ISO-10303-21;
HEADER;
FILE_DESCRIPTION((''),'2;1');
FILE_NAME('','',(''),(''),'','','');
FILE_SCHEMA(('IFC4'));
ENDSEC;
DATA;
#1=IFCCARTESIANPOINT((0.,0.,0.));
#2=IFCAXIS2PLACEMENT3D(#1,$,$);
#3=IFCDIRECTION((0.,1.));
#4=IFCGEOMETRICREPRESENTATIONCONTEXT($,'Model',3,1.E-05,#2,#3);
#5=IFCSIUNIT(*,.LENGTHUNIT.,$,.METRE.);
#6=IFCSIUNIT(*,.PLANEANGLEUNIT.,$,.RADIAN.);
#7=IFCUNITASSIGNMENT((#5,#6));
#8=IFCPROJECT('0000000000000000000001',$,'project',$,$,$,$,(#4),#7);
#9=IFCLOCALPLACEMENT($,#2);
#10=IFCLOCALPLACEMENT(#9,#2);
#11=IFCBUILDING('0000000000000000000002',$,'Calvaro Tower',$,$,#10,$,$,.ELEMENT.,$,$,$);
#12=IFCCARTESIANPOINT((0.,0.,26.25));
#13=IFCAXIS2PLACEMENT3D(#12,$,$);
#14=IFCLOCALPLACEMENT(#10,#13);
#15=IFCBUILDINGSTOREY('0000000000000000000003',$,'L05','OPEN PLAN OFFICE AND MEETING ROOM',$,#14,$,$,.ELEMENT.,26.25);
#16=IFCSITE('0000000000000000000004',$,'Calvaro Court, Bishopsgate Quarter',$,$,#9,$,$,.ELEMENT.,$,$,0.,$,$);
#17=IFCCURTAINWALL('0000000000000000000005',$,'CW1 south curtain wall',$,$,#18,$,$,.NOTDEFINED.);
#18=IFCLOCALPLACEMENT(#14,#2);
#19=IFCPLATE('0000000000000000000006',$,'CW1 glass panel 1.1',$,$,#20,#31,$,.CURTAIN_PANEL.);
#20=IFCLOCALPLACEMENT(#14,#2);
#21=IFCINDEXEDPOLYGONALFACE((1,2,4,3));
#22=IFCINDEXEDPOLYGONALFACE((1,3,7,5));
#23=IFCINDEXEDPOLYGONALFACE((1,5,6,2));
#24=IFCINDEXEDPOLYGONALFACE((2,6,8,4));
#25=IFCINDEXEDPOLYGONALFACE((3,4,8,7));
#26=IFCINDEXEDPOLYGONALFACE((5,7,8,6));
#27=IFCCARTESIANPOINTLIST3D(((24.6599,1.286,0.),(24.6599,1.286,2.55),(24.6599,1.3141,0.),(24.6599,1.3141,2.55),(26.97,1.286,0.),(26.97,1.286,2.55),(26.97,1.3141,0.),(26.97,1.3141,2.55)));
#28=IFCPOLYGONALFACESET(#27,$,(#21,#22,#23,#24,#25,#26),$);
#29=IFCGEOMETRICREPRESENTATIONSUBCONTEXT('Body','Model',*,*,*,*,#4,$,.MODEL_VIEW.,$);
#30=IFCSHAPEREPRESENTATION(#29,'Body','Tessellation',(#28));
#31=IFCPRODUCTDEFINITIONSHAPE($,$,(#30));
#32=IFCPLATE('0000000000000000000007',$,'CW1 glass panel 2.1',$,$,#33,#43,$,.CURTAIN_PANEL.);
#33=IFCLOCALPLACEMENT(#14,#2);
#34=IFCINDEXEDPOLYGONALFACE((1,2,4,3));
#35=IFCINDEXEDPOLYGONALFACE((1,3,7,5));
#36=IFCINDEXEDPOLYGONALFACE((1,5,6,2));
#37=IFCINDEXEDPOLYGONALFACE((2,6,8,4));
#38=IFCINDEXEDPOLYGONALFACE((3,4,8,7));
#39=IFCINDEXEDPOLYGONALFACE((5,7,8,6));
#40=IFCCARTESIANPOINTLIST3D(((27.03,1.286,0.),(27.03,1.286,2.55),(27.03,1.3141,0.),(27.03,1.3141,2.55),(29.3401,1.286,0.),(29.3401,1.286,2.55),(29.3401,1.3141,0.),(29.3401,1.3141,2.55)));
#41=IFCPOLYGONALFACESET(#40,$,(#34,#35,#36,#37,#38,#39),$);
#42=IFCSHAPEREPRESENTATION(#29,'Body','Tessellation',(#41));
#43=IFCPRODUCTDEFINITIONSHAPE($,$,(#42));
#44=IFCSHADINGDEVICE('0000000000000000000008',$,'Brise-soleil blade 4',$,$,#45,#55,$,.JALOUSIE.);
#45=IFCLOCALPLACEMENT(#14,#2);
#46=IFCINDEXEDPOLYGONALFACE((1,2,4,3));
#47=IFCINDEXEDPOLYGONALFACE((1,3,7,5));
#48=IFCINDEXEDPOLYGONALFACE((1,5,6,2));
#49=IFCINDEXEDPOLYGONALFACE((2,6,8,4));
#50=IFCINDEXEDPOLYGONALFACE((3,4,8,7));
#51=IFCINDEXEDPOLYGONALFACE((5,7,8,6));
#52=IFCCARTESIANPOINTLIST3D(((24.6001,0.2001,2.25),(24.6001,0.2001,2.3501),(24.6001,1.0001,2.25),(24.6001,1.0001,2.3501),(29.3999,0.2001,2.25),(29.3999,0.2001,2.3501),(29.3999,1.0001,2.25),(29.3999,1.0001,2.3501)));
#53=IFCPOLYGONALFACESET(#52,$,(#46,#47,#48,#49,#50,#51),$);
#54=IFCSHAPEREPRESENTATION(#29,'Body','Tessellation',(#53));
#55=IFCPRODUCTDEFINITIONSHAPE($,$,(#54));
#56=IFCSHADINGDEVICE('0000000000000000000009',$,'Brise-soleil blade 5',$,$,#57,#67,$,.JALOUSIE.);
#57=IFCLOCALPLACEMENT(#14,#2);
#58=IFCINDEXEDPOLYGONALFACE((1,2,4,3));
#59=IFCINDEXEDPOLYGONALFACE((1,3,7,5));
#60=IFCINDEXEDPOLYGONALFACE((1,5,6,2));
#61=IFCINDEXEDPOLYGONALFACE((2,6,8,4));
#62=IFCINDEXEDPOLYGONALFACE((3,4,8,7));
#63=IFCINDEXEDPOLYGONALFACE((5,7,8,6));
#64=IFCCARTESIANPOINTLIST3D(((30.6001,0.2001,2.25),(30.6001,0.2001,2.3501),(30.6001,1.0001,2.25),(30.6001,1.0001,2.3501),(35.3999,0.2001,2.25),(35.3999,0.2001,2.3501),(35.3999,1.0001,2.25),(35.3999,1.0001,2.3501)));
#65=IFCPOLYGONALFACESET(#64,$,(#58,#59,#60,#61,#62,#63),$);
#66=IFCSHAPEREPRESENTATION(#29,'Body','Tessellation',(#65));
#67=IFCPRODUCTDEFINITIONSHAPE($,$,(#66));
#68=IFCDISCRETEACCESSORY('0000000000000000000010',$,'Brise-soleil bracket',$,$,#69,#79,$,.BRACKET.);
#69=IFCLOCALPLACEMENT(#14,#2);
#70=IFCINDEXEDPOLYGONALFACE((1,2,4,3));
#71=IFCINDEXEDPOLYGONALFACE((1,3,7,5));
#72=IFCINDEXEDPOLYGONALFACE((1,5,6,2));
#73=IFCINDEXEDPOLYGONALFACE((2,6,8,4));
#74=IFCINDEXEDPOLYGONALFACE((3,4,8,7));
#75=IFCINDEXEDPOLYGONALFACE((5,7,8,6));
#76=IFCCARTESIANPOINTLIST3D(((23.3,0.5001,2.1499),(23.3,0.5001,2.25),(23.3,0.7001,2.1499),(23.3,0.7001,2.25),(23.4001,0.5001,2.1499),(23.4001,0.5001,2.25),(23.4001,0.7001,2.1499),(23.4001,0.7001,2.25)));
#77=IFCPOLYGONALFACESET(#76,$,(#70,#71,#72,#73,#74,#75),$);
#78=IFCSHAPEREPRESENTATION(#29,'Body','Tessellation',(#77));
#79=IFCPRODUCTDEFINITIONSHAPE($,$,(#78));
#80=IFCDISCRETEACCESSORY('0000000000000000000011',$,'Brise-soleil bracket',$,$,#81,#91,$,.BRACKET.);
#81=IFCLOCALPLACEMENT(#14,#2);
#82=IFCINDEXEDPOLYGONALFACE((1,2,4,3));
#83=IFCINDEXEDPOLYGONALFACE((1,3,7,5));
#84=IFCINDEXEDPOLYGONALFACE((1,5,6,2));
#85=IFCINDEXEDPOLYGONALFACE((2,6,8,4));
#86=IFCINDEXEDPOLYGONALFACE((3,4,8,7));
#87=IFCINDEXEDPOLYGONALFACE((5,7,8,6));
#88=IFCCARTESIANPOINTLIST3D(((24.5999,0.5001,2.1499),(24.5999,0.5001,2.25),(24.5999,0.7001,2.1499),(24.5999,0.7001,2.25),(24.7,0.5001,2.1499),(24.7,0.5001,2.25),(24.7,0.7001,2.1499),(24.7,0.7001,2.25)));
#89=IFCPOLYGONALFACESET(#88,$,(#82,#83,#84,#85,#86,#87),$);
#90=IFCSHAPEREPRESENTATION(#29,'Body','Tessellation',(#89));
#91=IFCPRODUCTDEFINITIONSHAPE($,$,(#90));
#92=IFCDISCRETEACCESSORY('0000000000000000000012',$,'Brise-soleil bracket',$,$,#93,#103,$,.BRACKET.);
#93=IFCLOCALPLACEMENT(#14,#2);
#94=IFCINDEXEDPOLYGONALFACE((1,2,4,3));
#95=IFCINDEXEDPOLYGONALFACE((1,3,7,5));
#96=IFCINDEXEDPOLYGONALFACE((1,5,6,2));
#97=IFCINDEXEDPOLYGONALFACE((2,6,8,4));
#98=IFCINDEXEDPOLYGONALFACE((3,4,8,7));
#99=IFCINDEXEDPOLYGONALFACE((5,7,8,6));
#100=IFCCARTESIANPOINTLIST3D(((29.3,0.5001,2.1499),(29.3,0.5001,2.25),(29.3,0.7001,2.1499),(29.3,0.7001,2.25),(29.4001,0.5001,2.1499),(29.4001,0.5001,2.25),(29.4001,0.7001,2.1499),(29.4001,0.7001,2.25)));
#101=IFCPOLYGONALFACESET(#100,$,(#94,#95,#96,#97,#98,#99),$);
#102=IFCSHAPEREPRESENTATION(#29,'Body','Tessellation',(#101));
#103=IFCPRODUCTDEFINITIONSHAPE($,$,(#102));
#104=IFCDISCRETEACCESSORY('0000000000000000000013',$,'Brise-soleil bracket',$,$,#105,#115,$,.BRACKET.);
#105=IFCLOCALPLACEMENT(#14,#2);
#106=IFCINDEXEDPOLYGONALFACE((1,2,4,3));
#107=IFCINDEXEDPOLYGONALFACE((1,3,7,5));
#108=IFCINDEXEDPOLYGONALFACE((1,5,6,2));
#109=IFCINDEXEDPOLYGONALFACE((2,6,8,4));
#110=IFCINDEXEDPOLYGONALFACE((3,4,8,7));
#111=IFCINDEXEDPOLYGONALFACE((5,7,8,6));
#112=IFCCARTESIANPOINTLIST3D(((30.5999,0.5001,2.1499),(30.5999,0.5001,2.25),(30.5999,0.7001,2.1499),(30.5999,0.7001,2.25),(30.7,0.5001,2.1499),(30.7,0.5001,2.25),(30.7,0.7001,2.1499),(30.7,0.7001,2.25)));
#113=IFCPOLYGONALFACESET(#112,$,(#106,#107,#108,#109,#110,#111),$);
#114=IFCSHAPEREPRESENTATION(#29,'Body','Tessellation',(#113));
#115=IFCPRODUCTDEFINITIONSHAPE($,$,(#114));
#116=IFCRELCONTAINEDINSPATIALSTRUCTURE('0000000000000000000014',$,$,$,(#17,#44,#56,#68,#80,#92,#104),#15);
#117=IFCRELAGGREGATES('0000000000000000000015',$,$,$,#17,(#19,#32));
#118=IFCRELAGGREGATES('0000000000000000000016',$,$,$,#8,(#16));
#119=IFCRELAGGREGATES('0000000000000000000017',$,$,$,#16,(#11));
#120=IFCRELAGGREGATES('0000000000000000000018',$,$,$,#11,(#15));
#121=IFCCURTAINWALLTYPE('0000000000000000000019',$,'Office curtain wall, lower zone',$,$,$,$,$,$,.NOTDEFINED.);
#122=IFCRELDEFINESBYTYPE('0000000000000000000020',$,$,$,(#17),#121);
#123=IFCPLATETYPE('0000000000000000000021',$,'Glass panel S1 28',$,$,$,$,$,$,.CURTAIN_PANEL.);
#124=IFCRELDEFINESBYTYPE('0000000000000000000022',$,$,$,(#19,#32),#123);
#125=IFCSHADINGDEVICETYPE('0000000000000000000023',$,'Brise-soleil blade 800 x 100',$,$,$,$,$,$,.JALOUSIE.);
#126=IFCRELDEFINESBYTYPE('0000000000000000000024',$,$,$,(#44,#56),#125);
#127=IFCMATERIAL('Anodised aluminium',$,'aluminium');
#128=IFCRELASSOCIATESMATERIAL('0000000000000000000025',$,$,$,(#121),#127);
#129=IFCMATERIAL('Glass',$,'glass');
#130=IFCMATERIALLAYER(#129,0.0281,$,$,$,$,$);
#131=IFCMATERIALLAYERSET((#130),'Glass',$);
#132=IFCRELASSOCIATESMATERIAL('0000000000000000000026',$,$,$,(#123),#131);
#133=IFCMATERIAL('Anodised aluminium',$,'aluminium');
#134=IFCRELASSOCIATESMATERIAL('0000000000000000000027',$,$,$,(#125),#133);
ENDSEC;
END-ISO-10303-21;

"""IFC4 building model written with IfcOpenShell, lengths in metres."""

from ifc_helpers import new_model, si_unit, direction, frame, origin, origin_2d, place, context, subcontext, project, spatial, rectangle, extrude, material, layer, layer_set, material_profile, profile_set, type_object, element, aggregate, save


model = new_model("IFC4")

# Units and contexts
model_context = context("Model", 3, precision=1e-05, world=origin(), true_north=direction((0.0, 1.0)))
body_context = subcontext(model_context, "Body", "Model", "MODEL_VIEW")
ifc_project = project(units=[si_unit("LENGTHUNIT", "METRE"), si_unit("PLANEANGLEUNIT", "RADIAN")], contexts=[model_context])

# Site, building, storey
site_placement = place(None, origin())
site = spatial("IfcSite", under=ifc_project, at=site_placement, Name="Calvaro Court, Bishopsgate Quarter", CompositionType="ELEMENT", RefElevation=0.0)
building_placement = place(site_placement, origin())
building = spatial("IfcBuilding", under=site, at=building_placement, Name="Calvaro Tower", CompositionType="ELEMENT")
storey_placement = place(building_placement, frame((0.0, 0.0, 26.25)))
storey = spatial("IfcBuildingStorey", under=building, at=storey_placement, Name="L05", Description="OPEN PLAN OFFICE AND MEETING ROOM", CompositionType="ELEMENT", Elevation=26.25)

# Curtain wall
ifc_material_1 = material(Name="Anodised aluminium", Category="aluminium")
curtain_wall_type = type_object("IfcCurtainWallType", Name="Office curtain wall, lower zone", PredefinedType="NOTDEFINED", material=ifc_material_1)
curtain_wall_1_placement = place(storey_placement, origin())
curtain_wall_1 = element("IfcCurtainWall", 1, at=curtain_wall_1_placement, inside=storey, type_object=curtain_wall_type, Name="CW1 south curtain wall", PredefinedType="NOTDEFINED")

# Plates
ifc_material_2 = material(Name="Glass", Category="glass")
ifc_layer = layer(ifc_material_2, 0.0281)
ifc_layer_set = layer_set([ifc_layer], Name="Glass")
plate_type = type_object("IfcPlateType", Name="Glass panel S1 28", PredefinedType="CURTAIN_PANEL", material=ifc_layer_set)
plate_1_placement = place(storey_placement, frame((25.8149, 1.3, 0.0), z_axis=(0.0, 0.0, 1.0), x_axis=(1.0, 0.0, 0.0)))
plate_1 = element("IfcPlate", 2, at=plate_1_placement, type_object=plate_type, Name="CW1 glass panel 1.1", PredefinedType="CURTAIN_PANEL", context=body_context, shape_type="SweptSolid", body=[
    extrude(rectangle(XDim=2.3101, YDim=0.0281, at=origin_2d()), origin(), (0.0, 0.0, 1.0), 2.55),
])
plate_2_placement = place(storey_placement, frame((28.1851, 1.3, 0.0), z_axis=(0.0, 0.0, 1.0), x_axis=(1.0, 0.0, 0.0)))
plate_2 = element("IfcPlate", 3, at=plate_2_placement, type_object=plate_type, Name="CW1 glass panel 2.1", PredefinedType="CURTAIN_PANEL", context=body_context, shape_type="SweptSolid", body=[
    extrude(rectangle(XDim=2.3101, YDim=0.0281, at=origin_2d()), origin(), (0.0, 0.0, 1.0), 2.55),
])
aggregate(curtain_wall_1, [plate_1, plate_2])

# Shading devices
ifc_material_3 = material(Name="Anodised aluminium", Category="aluminium")
ifc_material_profile_1 = material_profile(ifc_material_3, rectangle(XDim=0.8, YDim=0.1001, at=origin_2d()), Name="Brise-soleil blade 800 x 100")
ifc_profile_set_1 = profile_set([ifc_material_profile_1], Name="Anodised aluminium")
shading_device_type = type_object("IfcShadingDeviceType", Name="Brise-soleil blade 800 x 100", PredefinedType="JALOUSIE", material=ifc_profile_set_1)
for number, where, z_axis, x_axis, name in (
    (4, (24.6001, 0.6001, 2.3), (1.0, 0.0, 0.0), (0.0, 1.0, 0.0), "Brise-soleil blade 4"),
    (5, (30.6001, 0.6001, 2.3), (1.0, 0.0, 0.0), (0.0, 1.0, 0.0), "Brise-soleil blade 5"),
):
    element("IfcShadingDevice", number, at=place(storey_placement, frame(where, z_axis=z_axis, x_axis=x_axis)), inside=storey, type_object=shading_device_type, Name=name, PredefinedType="JALOUSIE", context=body_context, shape_type="SweptSolid", body=[
        extrude(rectangle(XDim=0.8, YDim=0.1001, at=origin_2d()), origin(), (0.0, 0.0, 1.0), 4.7998),
    ])

# Discrete accessories
for number, where, z_axis, x_axis, name in (
    (6, (23.3501, 0.6001, 2.1499), (0.0, 0.0, 1.0), (1.0, 0.0, 0.0), "Brise-soleil bracket"),
    (7, (24.6499, 0.6001, 2.1499), (0.0, 0.0, 1.0), (1.0, 0.0, 0.0), "Brise-soleil bracket"),
    (8, (29.3501, 0.6001, 2.1499), (0.0, 0.0, 1.0), (1.0, 0.0, 0.0), "Brise-soleil bracket"),
    (9, (30.6499, 0.6001, 2.1499), (0.0, 0.0, 1.0), (1.0, 0.0, 0.0), "Brise-soleil bracket"),
):
    element("IfcDiscreteAccessory", number, at=place(storey_placement, frame(where, z_axis=z_axis, x_axis=x_axis)), inside=storey, Name=name, PredefinedType="BRACKET", context=body_context, shape_type="SweptSolid", body=[
        extrude(rectangle(XDim=0.1001, YDim=0.2, at=origin_2d()), origin(), (0.0, 0.0, 1.0), 0.1001),
    ])

save(model, "model.ifc")
